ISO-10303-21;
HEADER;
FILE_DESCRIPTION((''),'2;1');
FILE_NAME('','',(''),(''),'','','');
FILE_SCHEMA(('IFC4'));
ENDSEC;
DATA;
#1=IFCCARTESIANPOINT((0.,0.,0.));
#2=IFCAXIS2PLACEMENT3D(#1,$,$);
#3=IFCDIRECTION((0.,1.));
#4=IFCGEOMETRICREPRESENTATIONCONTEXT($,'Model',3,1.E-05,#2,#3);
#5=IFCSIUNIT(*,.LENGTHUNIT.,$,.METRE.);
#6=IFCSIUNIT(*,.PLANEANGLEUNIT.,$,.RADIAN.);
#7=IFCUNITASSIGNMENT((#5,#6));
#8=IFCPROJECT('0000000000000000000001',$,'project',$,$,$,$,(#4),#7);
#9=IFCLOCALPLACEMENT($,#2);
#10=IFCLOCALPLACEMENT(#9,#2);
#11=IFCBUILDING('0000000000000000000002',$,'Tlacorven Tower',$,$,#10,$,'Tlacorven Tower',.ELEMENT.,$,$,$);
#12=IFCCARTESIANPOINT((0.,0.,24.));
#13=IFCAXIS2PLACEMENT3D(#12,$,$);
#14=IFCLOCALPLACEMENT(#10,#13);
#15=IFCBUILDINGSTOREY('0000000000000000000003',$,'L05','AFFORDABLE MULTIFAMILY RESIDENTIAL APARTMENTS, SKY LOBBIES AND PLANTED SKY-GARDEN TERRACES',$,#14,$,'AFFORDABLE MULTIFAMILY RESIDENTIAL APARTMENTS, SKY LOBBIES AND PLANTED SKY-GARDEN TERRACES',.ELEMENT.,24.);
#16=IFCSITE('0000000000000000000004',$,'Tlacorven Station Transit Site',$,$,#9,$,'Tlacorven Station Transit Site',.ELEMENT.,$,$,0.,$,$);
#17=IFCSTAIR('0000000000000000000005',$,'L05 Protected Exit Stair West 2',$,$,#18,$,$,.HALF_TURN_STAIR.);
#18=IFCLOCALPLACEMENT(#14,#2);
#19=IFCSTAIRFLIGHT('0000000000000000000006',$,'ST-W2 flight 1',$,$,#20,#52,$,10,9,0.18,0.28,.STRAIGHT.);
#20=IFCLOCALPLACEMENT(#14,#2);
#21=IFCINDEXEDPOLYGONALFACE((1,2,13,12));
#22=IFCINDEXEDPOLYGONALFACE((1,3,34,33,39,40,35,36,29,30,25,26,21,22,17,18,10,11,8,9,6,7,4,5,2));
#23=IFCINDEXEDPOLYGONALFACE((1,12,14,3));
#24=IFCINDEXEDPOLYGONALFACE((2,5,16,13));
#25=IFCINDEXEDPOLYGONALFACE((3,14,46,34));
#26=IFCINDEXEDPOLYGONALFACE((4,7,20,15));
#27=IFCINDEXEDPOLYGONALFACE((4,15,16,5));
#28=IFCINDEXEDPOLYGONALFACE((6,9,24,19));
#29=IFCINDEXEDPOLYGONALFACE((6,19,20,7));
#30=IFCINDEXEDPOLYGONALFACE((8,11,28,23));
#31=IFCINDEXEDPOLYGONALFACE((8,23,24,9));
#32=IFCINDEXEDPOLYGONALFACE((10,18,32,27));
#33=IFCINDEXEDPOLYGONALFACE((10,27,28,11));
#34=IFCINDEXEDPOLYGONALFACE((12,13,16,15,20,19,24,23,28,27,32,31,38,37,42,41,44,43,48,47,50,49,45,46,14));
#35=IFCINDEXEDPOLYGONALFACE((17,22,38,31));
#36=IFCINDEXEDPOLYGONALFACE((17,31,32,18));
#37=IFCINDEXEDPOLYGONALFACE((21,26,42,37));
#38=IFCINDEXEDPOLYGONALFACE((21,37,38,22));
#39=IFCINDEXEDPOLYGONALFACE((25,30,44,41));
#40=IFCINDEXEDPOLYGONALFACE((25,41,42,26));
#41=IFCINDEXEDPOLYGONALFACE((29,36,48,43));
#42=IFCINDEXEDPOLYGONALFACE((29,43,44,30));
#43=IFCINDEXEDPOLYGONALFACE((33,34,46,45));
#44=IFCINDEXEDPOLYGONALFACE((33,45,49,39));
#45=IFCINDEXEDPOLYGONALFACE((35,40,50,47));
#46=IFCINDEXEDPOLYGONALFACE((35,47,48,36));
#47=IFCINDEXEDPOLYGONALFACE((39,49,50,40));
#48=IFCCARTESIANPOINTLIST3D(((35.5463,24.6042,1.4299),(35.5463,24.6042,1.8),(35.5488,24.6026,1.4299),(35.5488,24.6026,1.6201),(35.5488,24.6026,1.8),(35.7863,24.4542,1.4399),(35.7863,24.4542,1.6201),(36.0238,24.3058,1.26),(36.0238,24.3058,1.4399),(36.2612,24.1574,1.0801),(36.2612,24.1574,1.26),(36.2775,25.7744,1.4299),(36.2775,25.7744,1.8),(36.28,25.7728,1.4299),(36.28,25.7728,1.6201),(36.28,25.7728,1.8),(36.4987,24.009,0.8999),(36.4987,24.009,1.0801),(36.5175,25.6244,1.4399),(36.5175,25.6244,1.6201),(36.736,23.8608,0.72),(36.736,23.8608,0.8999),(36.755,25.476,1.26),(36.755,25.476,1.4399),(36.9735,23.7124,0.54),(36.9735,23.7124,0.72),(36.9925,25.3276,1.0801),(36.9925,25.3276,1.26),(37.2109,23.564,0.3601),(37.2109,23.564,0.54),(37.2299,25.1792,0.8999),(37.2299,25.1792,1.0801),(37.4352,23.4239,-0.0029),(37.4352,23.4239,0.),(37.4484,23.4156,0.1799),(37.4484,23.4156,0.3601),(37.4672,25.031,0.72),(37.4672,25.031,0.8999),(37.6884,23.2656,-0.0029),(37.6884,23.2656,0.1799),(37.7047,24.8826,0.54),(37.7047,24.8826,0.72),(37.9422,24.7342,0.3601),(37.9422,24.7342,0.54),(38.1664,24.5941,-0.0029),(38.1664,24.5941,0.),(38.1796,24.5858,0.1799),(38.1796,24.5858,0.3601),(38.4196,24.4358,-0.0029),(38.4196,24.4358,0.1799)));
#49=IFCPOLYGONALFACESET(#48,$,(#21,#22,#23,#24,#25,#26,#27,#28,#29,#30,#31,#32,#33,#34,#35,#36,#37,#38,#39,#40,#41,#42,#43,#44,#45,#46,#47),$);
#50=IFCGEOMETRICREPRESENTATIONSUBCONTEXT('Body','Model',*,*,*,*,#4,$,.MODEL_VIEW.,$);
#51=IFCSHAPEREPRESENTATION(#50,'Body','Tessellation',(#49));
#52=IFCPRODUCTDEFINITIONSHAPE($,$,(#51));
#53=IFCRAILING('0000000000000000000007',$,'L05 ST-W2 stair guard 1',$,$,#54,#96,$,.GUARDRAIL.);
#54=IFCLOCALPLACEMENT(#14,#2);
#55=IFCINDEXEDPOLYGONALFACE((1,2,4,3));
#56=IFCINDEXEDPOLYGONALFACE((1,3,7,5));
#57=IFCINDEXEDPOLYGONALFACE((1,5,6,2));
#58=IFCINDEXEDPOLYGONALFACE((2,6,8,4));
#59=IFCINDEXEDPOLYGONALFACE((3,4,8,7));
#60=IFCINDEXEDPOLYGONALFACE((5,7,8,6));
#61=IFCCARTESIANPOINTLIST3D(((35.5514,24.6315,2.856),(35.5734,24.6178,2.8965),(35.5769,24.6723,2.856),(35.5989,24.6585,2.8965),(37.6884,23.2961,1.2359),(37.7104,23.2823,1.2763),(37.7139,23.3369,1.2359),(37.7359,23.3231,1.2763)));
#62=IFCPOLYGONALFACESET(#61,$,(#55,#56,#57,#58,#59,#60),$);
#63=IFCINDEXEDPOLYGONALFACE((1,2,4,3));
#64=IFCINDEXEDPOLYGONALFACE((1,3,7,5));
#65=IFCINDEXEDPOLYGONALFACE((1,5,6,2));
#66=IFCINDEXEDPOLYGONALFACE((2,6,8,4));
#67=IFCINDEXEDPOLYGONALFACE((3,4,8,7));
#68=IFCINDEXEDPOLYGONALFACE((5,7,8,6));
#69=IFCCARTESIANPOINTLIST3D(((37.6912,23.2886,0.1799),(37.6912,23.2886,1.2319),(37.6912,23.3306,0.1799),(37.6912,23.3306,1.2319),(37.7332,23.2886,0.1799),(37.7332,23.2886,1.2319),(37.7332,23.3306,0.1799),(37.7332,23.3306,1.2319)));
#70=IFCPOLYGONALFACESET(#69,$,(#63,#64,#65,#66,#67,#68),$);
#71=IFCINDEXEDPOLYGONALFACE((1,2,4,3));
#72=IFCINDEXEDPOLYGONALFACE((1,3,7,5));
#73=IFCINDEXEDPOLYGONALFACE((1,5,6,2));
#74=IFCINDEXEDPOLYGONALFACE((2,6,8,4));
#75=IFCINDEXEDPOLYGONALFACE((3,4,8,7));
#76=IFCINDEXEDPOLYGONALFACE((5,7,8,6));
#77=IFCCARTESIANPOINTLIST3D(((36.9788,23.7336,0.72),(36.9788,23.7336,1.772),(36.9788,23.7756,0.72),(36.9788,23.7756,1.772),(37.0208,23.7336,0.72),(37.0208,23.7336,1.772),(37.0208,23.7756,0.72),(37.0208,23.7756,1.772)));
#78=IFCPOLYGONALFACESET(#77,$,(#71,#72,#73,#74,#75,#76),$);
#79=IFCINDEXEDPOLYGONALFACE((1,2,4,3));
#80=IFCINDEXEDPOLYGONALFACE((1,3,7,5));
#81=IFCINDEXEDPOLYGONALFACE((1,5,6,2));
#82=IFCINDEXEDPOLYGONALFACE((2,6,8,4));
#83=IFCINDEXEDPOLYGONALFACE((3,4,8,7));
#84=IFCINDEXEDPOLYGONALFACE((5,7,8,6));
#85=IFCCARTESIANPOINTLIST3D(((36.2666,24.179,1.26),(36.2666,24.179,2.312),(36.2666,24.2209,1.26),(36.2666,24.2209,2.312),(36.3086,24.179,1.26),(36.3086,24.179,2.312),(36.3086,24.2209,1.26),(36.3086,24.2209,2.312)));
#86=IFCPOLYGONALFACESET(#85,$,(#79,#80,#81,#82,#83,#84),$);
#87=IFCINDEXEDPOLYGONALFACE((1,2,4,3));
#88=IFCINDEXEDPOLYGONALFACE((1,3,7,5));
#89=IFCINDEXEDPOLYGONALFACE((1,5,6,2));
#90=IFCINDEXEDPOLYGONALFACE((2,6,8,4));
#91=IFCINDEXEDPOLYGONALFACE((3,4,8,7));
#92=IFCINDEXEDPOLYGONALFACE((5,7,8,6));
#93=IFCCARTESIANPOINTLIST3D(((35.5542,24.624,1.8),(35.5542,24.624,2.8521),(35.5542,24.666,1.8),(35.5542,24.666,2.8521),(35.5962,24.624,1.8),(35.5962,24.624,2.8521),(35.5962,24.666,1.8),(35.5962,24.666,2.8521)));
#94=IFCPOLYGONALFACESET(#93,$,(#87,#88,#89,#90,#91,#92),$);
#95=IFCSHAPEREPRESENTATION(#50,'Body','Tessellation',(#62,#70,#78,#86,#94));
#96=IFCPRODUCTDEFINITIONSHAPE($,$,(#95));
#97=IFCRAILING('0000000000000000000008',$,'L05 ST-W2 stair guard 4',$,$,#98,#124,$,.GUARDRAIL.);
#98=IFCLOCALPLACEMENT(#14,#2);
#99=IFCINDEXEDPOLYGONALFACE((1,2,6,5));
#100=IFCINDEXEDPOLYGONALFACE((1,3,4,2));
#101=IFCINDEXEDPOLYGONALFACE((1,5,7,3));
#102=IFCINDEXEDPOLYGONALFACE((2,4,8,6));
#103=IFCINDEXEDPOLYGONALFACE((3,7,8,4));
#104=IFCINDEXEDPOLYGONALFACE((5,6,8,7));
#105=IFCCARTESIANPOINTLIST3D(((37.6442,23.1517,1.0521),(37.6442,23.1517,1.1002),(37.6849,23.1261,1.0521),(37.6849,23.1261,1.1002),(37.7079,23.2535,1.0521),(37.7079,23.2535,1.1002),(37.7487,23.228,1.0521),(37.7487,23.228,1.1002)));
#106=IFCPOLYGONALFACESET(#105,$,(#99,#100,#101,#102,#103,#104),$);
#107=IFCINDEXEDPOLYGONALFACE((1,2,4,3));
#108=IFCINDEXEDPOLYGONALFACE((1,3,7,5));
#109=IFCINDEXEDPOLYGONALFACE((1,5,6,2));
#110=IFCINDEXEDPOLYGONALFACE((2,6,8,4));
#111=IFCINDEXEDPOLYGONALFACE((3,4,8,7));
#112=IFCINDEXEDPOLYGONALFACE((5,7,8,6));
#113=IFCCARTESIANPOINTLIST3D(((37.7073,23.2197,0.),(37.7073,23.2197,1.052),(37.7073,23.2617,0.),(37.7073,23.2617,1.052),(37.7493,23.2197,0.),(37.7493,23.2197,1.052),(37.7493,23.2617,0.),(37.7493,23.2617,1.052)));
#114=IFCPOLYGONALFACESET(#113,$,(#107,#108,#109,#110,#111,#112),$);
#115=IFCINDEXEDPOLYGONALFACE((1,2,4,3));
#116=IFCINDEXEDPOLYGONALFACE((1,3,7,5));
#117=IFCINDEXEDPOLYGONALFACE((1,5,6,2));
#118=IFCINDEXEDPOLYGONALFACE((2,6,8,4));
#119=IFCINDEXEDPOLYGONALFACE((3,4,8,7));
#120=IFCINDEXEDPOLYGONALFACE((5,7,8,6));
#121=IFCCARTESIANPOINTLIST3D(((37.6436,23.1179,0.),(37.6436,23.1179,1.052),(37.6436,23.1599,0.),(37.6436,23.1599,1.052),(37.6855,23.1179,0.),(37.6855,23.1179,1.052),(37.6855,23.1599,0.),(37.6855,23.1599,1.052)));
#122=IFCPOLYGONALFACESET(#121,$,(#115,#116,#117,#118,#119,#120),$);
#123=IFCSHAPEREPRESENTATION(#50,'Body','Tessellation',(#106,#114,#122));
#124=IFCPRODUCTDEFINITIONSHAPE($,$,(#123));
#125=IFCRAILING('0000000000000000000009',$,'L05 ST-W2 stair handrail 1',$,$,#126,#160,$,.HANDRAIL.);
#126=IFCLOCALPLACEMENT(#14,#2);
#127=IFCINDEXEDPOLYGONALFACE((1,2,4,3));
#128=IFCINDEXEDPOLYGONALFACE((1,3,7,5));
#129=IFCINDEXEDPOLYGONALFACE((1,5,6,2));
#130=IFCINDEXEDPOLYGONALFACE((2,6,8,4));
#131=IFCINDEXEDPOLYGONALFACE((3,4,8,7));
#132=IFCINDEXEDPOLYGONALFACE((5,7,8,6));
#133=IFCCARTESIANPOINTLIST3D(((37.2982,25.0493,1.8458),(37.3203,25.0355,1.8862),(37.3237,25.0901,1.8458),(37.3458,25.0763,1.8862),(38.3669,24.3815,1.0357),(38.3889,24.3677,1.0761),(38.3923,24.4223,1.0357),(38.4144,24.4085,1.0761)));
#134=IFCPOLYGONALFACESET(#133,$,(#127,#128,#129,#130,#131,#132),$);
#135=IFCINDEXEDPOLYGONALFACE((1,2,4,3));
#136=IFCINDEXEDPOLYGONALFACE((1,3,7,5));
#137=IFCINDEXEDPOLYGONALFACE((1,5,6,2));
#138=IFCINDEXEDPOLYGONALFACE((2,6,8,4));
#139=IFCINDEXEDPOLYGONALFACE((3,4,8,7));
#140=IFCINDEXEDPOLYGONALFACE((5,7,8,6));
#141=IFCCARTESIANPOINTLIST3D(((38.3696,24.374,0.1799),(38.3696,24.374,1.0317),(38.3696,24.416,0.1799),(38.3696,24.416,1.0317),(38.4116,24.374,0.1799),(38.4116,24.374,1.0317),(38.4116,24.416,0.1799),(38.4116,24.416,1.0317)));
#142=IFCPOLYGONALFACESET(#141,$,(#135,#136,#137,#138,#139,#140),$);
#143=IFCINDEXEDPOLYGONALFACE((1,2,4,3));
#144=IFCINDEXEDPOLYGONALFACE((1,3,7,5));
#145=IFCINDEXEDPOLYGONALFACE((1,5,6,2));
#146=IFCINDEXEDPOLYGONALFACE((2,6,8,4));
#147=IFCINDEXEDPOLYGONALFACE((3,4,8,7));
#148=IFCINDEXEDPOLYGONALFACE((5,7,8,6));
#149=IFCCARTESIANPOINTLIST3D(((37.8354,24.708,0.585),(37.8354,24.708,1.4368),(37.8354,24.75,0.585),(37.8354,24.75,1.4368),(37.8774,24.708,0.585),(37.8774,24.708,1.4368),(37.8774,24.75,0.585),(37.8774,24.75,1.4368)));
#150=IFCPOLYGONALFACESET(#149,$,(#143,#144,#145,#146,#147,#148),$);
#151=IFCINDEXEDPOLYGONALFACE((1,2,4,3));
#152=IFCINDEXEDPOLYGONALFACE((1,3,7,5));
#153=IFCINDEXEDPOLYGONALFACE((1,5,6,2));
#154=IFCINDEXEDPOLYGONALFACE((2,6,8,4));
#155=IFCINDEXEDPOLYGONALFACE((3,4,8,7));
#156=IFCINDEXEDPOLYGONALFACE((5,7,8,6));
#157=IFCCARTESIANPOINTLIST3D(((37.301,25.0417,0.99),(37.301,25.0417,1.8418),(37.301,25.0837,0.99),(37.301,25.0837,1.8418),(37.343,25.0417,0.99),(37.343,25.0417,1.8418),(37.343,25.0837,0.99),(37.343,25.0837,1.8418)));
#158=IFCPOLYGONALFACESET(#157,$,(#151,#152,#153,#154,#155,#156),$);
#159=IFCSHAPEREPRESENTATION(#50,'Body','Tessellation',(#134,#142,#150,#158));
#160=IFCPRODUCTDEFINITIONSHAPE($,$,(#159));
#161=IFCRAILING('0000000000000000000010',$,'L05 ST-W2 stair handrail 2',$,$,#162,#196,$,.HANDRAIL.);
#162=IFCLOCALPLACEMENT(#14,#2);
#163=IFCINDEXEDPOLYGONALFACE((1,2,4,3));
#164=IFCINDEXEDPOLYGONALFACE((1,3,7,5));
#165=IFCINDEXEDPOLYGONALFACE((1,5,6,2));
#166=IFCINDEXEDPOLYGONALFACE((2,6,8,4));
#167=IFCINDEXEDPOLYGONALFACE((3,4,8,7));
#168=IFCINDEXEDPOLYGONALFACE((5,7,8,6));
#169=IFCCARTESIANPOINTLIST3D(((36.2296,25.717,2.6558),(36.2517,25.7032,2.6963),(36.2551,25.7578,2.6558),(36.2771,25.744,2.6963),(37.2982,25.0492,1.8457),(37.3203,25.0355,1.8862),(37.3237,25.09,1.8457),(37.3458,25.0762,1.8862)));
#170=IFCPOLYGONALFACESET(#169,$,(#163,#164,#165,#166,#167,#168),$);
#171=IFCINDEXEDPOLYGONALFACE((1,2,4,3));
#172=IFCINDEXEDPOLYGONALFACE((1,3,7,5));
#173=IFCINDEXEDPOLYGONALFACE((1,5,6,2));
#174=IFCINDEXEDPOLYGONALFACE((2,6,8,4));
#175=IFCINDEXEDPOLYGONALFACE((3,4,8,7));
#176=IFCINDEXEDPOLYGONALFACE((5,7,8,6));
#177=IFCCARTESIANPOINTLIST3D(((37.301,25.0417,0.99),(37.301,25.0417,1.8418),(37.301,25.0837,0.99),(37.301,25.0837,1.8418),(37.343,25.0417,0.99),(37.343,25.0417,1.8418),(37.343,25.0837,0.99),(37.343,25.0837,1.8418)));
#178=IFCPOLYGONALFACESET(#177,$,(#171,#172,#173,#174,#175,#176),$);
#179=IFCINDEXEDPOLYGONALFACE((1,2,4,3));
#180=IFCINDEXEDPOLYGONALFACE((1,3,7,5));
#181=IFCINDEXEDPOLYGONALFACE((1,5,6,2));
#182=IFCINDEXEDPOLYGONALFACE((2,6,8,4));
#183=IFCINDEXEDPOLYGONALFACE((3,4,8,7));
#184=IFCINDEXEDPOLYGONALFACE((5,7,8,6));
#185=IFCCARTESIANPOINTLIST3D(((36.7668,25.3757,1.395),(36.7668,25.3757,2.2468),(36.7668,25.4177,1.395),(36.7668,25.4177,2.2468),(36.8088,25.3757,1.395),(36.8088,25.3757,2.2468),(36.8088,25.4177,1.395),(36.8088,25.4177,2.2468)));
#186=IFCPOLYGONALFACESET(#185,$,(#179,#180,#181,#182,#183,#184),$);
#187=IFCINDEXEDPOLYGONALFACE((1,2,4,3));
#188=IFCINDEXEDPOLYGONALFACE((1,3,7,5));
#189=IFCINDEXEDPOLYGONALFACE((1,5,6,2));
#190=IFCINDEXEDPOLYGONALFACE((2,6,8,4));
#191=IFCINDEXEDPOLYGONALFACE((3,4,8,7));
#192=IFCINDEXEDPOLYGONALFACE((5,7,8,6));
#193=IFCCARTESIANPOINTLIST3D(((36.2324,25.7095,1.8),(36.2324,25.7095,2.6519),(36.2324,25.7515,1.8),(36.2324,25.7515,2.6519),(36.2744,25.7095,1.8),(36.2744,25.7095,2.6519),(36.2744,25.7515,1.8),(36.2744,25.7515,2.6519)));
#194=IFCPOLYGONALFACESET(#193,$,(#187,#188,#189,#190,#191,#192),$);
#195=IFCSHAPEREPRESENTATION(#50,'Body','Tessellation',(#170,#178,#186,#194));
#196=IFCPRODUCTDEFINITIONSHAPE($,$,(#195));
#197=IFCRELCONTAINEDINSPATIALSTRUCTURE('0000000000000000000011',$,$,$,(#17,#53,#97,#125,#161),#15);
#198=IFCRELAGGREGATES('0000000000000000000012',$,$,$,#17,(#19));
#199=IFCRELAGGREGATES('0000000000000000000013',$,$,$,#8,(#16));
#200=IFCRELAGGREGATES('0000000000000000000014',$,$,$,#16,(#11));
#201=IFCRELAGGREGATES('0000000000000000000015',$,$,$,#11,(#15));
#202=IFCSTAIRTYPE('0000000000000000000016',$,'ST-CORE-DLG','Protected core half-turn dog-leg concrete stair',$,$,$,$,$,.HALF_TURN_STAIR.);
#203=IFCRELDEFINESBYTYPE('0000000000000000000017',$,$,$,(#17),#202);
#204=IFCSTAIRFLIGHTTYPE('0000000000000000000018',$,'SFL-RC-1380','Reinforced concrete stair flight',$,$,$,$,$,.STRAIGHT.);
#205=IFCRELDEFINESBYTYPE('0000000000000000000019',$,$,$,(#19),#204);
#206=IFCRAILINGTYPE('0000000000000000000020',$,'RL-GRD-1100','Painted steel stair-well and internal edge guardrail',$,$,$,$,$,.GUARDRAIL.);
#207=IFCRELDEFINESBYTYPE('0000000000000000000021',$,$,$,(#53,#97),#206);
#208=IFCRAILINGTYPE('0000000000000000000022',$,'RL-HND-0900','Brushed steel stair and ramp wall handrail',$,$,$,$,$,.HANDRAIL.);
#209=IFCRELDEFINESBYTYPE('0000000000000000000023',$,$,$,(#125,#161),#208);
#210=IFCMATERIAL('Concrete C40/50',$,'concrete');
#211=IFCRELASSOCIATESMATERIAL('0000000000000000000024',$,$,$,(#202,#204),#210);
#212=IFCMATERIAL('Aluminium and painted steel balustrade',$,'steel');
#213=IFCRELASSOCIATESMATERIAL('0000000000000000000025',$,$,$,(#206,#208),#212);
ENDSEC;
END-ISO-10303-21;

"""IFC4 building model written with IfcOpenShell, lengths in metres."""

from ifc_helpers import new_model, si_unit, direction, frame, origin, origin_2d, place, context, subcontext, project, spatial, polyline, rectangle, outline, extrude, source, transform, mapped, material, type_object, element, aggregate, save


model = new_model("IFC4")

# Units and contexts
model_context = context("Model", 3, precision=1e-05, world=origin(), true_north=direction((0.0, 1.0)))
body_context = subcontext(model_context, "Body", "Model", "MODEL_VIEW")
ifc_project = project(units=[si_unit("LENGTHUNIT", "METRE"), si_unit("PLANEANGLEUNIT", "RADIAN")], contexts=[model_context])

# Site, building, storey
site_placement = place(None, origin())
site = spatial("IfcSite", under=ifc_project, at=site_placement, Name="Tlacorven Station Transit Site", LongName="Tlacorven Station Transit Site", CompositionType="ELEMENT", RefElevation=0.0)
building_placement = place(site_placement, origin())
building = spatial("IfcBuilding", under=site, at=building_placement, Name="Tlacorven Tower", LongName="Tlacorven Tower", CompositionType="ELEMENT")
storey_placement = place(building_placement, frame((0.0, 0.0, 24.0)))
storey = spatial("IfcBuildingStorey", under=building, at=storey_placement, Name="L05", Description="AFFORDABLE MULTIFAMILY RESIDENTIAL APARTMENTS, SKY LOBBIES AND PLANTED SKY-GARDEN TERRACES", LongName="AFFORDABLE MULTIFAMILY RESIDENTIAL APARTMENTS, SKY LOBBIES AND PLANTED SKY-GARDEN TERRACES", CompositionType="ELEMENT", Elevation=24.0)

# Shared definitions
ifc_material_1 = material(Name="Concrete C40/50", Category="concrete")

# Stair, stair flight
stair_type = type_object("IfcStairType", Name="ST-CORE-DLG", Description="Protected core half-turn dog-leg concrete stair", PredefinedType="HALF_TURN_STAIR", material=ifc_material_1)
stair_placement = place(storey_placement, origin())
stair = element("IfcStair", 1, at=stair_placement, inside=storey, type_object=stair_type, Name="L05 Protected Exit Stair West 2", PredefinedType="HALF_TURN_STAIR")
stair_flight_type = type_object("IfcStairFlightType", Name="SFL-RC-1380", Description="Reinforced concrete stair flight", PredefinedType="STRAIGHT", material=ifc_material_1)
shared_shape_1 = source(origin(), body_context, "Body", "SweptSolid", [
    extrude(outline(polyline([(-0.0029, -0.0029), (-0.0029, 0.1799), (0.28, 0.1799), (0.28, 0.3601), (0.5601, 0.3601), (0.5601, 0.54), (0.8401, 0.54), (0.8401, 0.72), (1.1201, 0.72), (1.1201, 0.8999), (1.3999, 0.8999), (1.3999, 1.0801), (1.6799, 1.0801), (1.6799, 1.26), (1.96, 1.26), (1.96, 1.4399), (2.24, 1.4399), (2.24, 1.6201), (2.52, 1.6201), (2.52, 1.8), (2.5229, 1.8), (2.5229, 1.4299), (2.52, 1.4299), (0.2957, 0.0), (0.2957, -0.0029), (-0.0029, -0.0029)])), frame((0.0, 0.6899, 0.0), z_axis=(0.0, -1.0, 0.0), x_axis=(1.0, 0.0, 0.0)), (0.0, 0.0, 1.0), 1.3799),
])
stair_flight_placement = place(storey_placement, frame((38.0515, 23.8523, 0.0), z_axis=(0.0, 0.0, 1.0), x_axis=(-0.848048, 0.529919, 0.0)))
stair_flight = element("IfcStairFlight", 2, at=stair_flight_placement, type_object=stair_flight_type, Name="ST-W2 flight 1", NumberOfRisers=10, NumberOfTreads=9, PredefinedType="STRAIGHT", RiserHeight=0.18, TreadLength=0.28, context=body_context, shape_type="MappedRepresentation", body=[
    mapped(shared_shape_1, transform((0.0, 0.0, 0.0), scale=1.0)),
])
aggregate(stair, [stair_flight])

# Railings
ifc_material_2 = material(Name="Aluminium and painted steel balustrade", Category="steel")
railing_type_1 = type_object("IfcRailingType", Name="RL-GRD-1100", Description="Painted steel stair-well and internal edge guardrail", PredefinedType="GUARDRAIL", material=ifc_material_2)
shared_shape_2 = source(origin(), body_context, "Body", "SweptSolid", [
    extrude(rectangle(XDim=0.0481, YDim=0.0481, at=origin_2d()), frame((0.0, 0.0, 1.0762), z_axis=(-0.71332, 0.445774, 0.540796), x_axis=(-0.529955, -0.848026, 0.0)), (0.0, 0.0, 1.0), 2.9958),
    extrude(rectangle(XDim=0.042, YDim=0.042, at=origin_2d()), origin(), (0.0, 0.0, 1.0), 1.052),
    extrude(rectangle(XDim=0.042, YDim=0.042, at=origin_2d()), frame((-0.7124, 0.4451, 0.54)), (0.0, 0.0, 1.0), 1.052),
    extrude(rectangle(XDim=0.042, YDim=0.042, at=origin_2d()), frame((-1.4246, 0.8904, 1.0801)), (0.0, 0.0, 1.0), 1.052),
    extrude(rectangle(XDim=0.042, YDim=0.042, at=origin_2d()), frame((-2.137, 1.3354, 1.6201)), (0.0, 0.0, 1.0), 1.052),
])
railing_1_placement = place(storey_placement, frame((37.7122, 23.3096, 0.1799)))
element("IfcRailing", 3, at=railing_1_placement, inside=storey, type_object=railing_type_1, Name="L05 ST-W2 stair guard 1", PredefinedType="GUARDRAIL", context=body_context, shape_type="MappedRepresentation", body=[
    mapped(shared_shape_2, transform((0.0, 0.0, 0.0), scale=1.0)),
])
shared_shape_3 = source(origin(), body_context, "Body", "SweptSolid", [
    extrude(rectangle(XDim=0.0481, YDim=0.0481, at=origin_2d()), frame((0.0, 0.0, 1.0762), z_axis=(-0.530547, -0.847656, 0.0), x_axis=(0.847656, -0.530547, 0.0)), (0.0, 0.0, 1.0), 0.1201),
    extrude(rectangle(XDim=0.042, YDim=0.042, at=origin_2d()), origin(), (0.0, 0.0, 1.0), 1.052),
    extrude(rectangle(XDim=0.042, YDim=0.042, at=origin_2d()), frame((-0.0637, -0.1018, 0.0)), (0.0, 0.0, 1.0), 1.052),
])
railing_2_placement = place(storey_placement, frame((37.7283, 23.2407, 0.0)))
element("IfcRailing", 4, at=railing_2_placement, inside=storey, type_object=railing_type_1, Name="L05 ST-W2 stair guard 4", PredefinedType="GUARDRAIL", context=body_context, shape_type="MappedRepresentation", body=[
    mapped(shared_shape_3, transform((0.0, 0.0, 0.0), scale=1.0)),
])
railing_type_2 = type_object("IfcRailingType", Name="RL-HND-0900", Description="Brushed steel stair and ramp wall handrail", PredefinedType="HANDRAIL", material=ifc_material_2)
shared_shape_4 = source(origin(), body_context, "Body", "SweptSolid", [
    extrude(rectangle(XDim=0.0481, YDim=0.0481, at=origin_2d()), frame((0.0, 0.0, 0.876), z_axis=(-0.71336, 0.445748, 0.540765), x_axis=(-0.529912, -0.848053, 0.0)), (0.0, 0.0, 1.0), 1.498),
    extrude(rectangle(XDim=0.042, YDim=0.042, at=origin_2d()), origin(), (0.0, 0.0, 1.0), 0.8518),
    extrude(rectangle(XDim=0.042, YDim=0.042, at=origin_2d()), frame((-0.5342, 0.334, 0.405)), (0.0, 0.0, 1.0), 0.8518),
    extrude(rectangle(XDim=0.042, YDim=0.042, at=origin_2d()), frame((-1.0686, 0.6677, 0.8101)), (0.0, 0.0, 1.0), 0.8518),
])
for number, where, name in (
    (5, (38.3906, 24.395, 0.1799), "L05 ST-W2 stair handrail 1"),
    (6, (37.322, 25.0627, 0.99), "L05 ST-W2 stair handrail 2"),
):
    element("IfcRailing", number, at=place(storey_placement, frame(where)), inside=storey, type_object=railing_type_2, Name=name, PredefinedType="HANDRAIL", context=body_context, shape_type="MappedRepresentation", body=[
        mapped(shared_shape_4, transform((0.0, 0.0, 0.0), scale=1.0)),
    ])

save(model, "model.ifc")
